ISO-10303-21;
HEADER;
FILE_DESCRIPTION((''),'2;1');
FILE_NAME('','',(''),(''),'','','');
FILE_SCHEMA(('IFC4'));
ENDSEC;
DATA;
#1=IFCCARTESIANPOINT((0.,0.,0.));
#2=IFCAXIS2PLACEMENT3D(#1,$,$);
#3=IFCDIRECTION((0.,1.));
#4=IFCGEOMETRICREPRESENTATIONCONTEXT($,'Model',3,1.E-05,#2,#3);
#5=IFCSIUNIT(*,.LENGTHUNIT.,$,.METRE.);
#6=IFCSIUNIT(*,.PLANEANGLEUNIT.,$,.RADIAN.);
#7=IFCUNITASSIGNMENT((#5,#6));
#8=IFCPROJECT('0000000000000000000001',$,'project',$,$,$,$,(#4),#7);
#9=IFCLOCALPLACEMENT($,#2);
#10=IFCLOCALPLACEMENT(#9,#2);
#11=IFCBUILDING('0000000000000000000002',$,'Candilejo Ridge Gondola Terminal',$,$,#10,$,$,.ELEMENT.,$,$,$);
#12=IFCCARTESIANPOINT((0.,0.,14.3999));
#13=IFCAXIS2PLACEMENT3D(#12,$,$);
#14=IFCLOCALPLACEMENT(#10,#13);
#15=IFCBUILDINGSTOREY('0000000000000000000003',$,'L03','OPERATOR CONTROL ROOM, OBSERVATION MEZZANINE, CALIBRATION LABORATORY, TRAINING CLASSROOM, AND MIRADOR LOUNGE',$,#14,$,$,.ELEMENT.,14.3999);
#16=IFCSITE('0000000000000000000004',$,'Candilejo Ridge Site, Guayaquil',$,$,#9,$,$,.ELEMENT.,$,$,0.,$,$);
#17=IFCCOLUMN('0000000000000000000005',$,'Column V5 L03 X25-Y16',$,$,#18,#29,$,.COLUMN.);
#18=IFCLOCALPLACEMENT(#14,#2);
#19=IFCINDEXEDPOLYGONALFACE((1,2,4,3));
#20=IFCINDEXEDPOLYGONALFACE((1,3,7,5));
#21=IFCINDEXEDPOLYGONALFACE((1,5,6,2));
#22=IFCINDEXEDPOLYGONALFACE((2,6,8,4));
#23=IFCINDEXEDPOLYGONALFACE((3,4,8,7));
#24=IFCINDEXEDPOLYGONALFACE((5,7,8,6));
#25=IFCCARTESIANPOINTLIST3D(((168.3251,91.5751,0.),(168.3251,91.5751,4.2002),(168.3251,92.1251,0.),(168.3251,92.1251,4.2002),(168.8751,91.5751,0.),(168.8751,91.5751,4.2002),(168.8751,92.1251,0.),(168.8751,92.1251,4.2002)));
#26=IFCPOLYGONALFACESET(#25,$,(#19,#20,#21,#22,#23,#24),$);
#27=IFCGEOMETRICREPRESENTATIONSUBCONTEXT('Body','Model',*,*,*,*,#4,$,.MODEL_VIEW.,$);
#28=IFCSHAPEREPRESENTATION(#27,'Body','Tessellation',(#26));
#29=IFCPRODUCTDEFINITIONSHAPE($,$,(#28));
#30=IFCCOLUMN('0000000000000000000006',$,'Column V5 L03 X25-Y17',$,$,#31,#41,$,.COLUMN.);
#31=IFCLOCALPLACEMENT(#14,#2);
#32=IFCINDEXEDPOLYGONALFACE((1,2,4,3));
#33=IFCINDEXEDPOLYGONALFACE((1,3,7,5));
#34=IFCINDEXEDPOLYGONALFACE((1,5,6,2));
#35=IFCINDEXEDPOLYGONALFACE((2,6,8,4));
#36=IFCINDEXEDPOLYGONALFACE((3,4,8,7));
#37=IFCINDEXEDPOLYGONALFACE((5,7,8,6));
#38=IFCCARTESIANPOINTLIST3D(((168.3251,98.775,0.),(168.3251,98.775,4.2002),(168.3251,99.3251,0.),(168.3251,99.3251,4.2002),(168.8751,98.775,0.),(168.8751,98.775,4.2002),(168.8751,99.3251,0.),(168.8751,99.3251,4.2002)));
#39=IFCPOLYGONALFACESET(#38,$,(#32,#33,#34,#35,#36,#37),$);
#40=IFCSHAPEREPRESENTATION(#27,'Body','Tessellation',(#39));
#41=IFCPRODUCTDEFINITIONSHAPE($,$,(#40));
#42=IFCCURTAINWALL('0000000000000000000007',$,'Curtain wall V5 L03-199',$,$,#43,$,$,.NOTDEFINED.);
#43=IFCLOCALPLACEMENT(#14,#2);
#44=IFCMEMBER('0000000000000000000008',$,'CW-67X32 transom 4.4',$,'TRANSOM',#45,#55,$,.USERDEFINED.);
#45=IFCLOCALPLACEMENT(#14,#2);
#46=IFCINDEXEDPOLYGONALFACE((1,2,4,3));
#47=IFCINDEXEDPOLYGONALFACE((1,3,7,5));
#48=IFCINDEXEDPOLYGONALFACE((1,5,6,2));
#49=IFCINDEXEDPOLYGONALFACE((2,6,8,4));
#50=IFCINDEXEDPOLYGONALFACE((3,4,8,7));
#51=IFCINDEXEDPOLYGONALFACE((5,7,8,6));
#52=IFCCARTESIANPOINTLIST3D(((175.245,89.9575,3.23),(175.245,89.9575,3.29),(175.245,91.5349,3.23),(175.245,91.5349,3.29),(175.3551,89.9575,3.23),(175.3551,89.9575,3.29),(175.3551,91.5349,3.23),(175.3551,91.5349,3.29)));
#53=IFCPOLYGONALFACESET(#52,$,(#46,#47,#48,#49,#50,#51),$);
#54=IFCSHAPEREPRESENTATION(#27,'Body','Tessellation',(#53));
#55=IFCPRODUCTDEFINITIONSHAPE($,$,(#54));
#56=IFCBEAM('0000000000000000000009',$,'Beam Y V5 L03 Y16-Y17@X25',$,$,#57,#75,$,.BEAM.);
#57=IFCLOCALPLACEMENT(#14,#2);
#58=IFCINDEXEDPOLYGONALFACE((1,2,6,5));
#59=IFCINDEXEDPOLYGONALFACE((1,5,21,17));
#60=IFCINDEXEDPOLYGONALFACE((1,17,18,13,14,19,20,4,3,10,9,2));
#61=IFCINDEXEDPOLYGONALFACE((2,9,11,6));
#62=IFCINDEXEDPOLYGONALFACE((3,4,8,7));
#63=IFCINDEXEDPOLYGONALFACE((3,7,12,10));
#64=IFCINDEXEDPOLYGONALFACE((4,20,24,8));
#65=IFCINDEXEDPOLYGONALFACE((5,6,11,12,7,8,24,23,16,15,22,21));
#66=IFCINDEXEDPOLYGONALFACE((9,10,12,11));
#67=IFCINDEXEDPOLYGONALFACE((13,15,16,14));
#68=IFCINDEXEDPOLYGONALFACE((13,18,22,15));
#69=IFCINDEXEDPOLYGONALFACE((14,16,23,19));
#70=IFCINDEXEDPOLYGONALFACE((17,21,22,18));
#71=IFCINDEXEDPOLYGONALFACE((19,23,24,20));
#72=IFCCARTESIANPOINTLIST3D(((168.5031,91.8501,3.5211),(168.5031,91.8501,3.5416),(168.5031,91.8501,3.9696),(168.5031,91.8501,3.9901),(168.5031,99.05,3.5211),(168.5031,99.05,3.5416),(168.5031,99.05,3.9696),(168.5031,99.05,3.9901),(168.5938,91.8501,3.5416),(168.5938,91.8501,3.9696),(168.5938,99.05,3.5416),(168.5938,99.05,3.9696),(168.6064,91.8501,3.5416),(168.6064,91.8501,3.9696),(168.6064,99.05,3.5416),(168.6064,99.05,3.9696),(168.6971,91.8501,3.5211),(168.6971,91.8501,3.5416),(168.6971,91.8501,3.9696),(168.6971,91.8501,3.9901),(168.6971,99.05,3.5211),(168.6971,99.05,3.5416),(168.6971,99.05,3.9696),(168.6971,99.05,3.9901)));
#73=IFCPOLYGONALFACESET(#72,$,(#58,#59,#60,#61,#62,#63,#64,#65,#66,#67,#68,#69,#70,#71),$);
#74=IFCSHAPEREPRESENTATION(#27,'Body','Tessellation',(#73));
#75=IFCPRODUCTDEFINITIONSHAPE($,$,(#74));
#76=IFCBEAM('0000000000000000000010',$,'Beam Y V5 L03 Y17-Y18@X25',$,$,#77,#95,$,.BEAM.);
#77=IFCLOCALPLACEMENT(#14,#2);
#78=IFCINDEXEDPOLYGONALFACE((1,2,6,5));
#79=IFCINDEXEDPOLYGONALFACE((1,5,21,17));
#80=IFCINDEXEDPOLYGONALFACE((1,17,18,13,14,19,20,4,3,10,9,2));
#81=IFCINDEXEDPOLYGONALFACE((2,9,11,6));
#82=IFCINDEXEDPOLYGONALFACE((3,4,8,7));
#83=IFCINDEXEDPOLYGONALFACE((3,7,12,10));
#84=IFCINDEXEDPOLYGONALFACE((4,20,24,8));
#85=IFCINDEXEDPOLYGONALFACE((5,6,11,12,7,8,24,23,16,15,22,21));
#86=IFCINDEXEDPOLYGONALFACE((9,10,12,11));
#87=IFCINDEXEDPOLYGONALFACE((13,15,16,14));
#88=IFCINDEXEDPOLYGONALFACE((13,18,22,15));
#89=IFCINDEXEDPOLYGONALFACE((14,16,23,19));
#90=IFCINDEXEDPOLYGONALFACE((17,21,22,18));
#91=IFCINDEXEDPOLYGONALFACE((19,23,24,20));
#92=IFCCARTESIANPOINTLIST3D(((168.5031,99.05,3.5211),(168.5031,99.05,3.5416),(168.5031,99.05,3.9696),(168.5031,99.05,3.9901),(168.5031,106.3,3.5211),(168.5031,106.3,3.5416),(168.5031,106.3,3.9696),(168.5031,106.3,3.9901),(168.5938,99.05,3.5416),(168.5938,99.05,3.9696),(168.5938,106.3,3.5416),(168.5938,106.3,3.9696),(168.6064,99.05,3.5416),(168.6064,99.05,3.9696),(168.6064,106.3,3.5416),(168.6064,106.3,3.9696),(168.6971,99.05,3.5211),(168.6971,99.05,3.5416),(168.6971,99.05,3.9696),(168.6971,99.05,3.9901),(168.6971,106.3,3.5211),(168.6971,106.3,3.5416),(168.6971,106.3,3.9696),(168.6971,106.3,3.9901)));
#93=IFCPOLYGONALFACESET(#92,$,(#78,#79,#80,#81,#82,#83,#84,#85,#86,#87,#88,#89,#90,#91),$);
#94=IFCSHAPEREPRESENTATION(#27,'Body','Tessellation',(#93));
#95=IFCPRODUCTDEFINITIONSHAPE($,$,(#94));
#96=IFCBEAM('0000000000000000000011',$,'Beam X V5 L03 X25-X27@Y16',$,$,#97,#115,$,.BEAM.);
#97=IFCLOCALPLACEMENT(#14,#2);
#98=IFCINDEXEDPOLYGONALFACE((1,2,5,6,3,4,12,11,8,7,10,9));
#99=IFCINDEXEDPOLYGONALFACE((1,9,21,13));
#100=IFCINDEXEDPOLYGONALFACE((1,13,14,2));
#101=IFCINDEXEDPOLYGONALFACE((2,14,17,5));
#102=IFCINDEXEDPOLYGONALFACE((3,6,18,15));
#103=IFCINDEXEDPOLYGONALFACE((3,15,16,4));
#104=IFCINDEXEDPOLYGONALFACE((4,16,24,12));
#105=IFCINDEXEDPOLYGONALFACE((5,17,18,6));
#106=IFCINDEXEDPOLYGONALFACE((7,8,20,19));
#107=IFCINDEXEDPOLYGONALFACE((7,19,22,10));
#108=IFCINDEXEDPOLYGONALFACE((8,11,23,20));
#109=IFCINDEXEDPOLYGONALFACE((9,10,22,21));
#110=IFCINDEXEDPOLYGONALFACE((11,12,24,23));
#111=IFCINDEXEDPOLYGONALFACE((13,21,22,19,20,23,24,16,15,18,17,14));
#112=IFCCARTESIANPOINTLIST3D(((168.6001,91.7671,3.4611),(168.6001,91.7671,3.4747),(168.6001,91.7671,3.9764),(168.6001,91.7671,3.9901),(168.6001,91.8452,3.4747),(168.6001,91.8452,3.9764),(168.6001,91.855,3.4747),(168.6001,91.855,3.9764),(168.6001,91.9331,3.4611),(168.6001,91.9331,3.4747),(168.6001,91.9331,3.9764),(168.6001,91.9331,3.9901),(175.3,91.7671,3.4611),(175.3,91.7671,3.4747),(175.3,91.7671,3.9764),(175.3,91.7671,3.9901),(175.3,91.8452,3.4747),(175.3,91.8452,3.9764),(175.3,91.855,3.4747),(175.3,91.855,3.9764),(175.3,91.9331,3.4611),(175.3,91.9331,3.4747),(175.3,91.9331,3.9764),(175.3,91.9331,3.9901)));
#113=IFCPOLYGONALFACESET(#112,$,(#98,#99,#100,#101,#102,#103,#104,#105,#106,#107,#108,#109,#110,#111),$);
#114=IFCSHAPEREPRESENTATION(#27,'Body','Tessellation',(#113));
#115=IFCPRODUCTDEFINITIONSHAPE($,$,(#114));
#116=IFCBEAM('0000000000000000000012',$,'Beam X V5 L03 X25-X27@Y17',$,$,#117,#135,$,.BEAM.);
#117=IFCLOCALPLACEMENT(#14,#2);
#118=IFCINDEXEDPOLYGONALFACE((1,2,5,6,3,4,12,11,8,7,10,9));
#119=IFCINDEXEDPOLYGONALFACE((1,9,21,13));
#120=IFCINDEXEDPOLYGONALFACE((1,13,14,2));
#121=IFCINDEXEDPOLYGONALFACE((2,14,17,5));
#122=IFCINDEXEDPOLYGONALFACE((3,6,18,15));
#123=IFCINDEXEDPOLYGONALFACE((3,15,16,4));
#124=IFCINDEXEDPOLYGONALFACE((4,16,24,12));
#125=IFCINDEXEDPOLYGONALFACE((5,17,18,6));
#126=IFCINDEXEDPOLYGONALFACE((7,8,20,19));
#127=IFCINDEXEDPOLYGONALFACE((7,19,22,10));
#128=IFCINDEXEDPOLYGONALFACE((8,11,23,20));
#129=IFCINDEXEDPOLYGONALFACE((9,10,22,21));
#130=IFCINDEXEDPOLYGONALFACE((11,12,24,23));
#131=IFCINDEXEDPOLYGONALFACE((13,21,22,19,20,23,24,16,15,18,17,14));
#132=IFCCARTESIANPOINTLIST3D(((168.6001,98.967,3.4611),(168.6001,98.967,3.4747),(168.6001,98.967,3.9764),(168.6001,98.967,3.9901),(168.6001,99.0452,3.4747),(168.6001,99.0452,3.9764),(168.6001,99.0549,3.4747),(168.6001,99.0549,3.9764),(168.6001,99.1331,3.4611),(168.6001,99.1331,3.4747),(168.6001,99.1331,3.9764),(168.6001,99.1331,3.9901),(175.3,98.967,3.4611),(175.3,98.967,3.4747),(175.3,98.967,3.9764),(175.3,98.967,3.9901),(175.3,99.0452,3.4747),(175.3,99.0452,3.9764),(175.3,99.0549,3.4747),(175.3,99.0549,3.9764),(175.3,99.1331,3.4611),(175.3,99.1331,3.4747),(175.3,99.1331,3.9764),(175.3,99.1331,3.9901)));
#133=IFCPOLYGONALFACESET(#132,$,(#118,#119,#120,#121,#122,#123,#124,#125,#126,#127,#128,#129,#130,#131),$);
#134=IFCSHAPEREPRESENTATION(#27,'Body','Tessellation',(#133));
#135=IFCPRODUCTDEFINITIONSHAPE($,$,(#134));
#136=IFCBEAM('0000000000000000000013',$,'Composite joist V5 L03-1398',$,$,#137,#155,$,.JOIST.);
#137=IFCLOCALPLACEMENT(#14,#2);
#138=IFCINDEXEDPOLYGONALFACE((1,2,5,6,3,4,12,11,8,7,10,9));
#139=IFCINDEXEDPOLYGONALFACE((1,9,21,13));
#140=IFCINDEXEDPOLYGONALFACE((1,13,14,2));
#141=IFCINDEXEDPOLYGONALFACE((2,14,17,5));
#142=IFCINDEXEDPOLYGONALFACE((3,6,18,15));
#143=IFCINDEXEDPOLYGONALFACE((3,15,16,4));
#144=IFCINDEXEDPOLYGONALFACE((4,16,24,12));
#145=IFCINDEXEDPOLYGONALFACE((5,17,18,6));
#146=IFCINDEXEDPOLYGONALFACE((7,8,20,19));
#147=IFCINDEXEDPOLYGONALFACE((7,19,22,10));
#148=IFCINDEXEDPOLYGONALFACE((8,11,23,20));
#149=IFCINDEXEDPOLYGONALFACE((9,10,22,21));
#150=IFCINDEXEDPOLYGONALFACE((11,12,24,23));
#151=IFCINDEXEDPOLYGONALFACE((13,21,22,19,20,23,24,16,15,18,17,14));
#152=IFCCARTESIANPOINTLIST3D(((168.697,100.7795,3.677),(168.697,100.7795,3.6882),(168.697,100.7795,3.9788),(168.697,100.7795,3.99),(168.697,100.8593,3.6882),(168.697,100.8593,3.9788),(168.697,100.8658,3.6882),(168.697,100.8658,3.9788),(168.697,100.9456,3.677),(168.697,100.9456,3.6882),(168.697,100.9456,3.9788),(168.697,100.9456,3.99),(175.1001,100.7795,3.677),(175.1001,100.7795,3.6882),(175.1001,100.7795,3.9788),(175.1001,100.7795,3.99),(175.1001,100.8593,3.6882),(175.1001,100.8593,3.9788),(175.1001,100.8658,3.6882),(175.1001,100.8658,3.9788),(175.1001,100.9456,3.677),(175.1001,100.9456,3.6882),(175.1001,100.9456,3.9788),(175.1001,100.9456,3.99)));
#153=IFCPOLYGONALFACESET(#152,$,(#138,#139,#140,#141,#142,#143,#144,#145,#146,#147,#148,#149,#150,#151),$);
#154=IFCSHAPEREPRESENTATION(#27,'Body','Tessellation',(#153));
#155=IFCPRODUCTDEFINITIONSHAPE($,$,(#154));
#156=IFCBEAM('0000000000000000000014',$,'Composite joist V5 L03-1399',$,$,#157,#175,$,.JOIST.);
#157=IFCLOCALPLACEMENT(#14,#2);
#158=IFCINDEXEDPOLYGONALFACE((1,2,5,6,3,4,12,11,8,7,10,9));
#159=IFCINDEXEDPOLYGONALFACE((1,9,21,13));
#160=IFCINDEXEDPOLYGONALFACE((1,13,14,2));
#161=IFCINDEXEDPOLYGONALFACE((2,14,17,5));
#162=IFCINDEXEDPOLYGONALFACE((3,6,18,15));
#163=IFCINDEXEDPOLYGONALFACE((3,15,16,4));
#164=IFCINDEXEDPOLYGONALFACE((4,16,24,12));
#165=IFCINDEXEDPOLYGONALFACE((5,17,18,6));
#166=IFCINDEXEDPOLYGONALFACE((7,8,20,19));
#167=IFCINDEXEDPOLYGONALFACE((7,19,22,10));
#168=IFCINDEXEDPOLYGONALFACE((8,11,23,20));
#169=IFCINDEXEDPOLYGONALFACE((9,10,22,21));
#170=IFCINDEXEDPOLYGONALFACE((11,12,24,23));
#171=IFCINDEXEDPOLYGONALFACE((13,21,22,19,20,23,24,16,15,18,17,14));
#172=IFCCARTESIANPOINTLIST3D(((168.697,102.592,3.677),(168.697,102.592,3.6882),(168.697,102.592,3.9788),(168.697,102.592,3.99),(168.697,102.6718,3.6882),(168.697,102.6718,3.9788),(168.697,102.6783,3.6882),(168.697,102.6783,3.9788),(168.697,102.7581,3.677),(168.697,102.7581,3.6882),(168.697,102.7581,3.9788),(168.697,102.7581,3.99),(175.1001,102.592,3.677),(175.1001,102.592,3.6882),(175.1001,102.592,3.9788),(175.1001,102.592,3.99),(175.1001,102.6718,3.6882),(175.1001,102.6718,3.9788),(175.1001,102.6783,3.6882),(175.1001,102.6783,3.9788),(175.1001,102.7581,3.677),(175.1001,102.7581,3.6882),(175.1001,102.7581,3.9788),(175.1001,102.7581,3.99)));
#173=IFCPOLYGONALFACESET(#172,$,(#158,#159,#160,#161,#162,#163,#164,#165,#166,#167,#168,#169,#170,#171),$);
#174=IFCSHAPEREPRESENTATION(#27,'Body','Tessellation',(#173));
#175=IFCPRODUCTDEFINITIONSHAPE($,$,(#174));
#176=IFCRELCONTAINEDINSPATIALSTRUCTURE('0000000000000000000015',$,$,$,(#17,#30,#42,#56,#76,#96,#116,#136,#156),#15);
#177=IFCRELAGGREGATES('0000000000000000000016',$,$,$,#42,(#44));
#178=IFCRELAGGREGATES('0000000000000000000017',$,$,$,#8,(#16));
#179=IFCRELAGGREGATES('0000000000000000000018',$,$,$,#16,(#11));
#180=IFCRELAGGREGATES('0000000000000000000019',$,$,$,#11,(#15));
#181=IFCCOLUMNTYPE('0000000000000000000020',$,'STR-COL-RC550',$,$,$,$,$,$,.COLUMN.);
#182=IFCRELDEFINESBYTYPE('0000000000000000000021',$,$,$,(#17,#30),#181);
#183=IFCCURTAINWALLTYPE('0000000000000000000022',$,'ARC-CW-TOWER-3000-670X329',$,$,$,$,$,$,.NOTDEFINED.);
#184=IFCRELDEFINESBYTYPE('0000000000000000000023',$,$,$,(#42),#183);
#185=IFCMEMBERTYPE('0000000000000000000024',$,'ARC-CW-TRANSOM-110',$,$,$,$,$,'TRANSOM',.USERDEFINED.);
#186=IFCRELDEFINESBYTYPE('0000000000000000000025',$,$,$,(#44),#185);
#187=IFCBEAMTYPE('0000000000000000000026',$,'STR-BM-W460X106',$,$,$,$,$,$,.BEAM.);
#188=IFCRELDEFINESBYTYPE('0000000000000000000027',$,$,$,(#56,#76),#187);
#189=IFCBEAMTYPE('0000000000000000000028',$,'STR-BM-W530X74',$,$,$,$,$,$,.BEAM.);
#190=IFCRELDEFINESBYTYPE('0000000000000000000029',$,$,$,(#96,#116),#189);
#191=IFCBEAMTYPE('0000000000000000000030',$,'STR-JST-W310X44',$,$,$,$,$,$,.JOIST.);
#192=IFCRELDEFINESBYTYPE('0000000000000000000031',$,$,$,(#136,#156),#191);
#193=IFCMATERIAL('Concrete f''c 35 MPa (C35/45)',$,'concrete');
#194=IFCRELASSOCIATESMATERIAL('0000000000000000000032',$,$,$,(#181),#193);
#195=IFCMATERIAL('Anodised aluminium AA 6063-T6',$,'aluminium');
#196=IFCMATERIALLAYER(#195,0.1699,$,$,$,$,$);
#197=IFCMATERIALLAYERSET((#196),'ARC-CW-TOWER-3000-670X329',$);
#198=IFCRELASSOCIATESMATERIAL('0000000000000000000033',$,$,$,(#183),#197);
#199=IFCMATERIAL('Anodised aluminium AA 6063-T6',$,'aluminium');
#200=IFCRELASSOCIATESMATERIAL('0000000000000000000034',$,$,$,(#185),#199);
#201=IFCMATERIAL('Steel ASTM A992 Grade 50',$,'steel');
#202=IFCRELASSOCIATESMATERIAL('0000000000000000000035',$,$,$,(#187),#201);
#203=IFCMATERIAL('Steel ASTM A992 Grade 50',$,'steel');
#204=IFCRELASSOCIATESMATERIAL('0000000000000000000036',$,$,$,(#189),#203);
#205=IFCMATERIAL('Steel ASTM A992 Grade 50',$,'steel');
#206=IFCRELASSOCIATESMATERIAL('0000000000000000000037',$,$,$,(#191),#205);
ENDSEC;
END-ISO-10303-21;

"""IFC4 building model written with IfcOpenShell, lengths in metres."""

from ifc_helpers import new_model, si_unit, direction, frame, origin, origin_2d, place, context, subcontext, project, spatial, rectangle, i_section, extrude, material, layer, layer_set, material_profile, profile_set, type_object, element, aggregate, save


model = new_model("IFC4")

# Units and contexts
model_context = context("Model", 3, precision=1e-05, world=origin(), true_north=direction((0.0, 1.0)))
body_context = subcontext(model_context, "Body", "Model", "MODEL_VIEW")
ifc_project = project(units=[si_unit("LENGTHUNIT", "METRE"), si_unit("PLANEANGLEUNIT", "RADIAN")], contexts=[model_context])

# Site, building, storey
site_placement = place(None, origin())
site = spatial("IfcSite", under=ifc_project, at=site_placement, Name="Candilejo Ridge Site, Guayaquil", CompositionType="ELEMENT", RefElevation=0.0)
building_placement = place(site_placement, origin())
building = spatial("IfcBuilding", under=site, at=building_placement, Name="Candilejo Ridge Gondola Terminal", CompositionType="ELEMENT")
storey_placement = place(building_placement, frame((0.0, 0.0, 14.3999)))
storey = spatial("IfcBuildingStorey", under=building, at=storey_placement, Name="L03", Description="OPERATOR CONTROL ROOM, OBSERVATION MEZZANINE, CALIBRATION LABORATORY, TRAINING CLASSROOM, AND MIRADOR LOUNGE", CompositionType="ELEMENT", Elevation=14.3999)

# Columns
ifc_material_1 = material(Name="Concrete f'c 35 MPa (C35/45)", Category="concrete")
ifc_material_profile_1 = material_profile(ifc_material_1, rectangle(XDim=0.55, YDim=0.55, at=origin_2d()))
ifc_profile_set_1 = profile_set([ifc_material_profile_1], Name="Concrete f'c 35 MPa (C35/45)")
column_type = type_object("IfcColumnType", Name="STR-COL-RC550", PredefinedType="COLUMN", material=ifc_profile_set_1)
for number, where, z_axis, x_axis, name in (
    (1, (168.6001, 91.8501, 0.0), (0.0, 0.0, 1.0), (1.0, 0.0, 0.0), "Column V5 L03 X25-Y16"),
    (2, (168.6001, 99.05, 0.0), (0.0, 0.0, 1.0), (1.0, 0.0, 0.0), "Column V5 L03 X25-Y17"),
):
    element("IfcColumn", number, at=place(storey_placement, frame(where, z_axis=z_axis, x_axis=x_axis)), inside=storey, type_object=column_type, Name=name, PredefinedType="COLUMN", context=body_context, shape_type="SweptSolid", body=[
        extrude(rectangle(XDim=0.55, YDim=0.55, at=origin_2d()), origin(), (0.0, 0.0, 1.0), 4.2002),
    ])

# Curtain wall, member
ifc_material_2 = material(Name="Anodised aluminium AA 6063-T6", Category="aluminium")
ifc_layer_1 = layer(ifc_material_2, 0.1699)
ifc_layer_set_1 = layer_set([ifc_layer_1], Name="ARC-CW-TOWER-3000-670X329")
curtain_wall_type = type_object("IfcCurtainWallType", Name="ARC-CW-TOWER-3000-670X329", PredefinedType="NOTDEFINED", material=ifc_layer_set_1)
curtain_wall_placement = place(storey_placement, origin())
curtain_wall = element("IfcCurtainWall", 3, at=curtain_wall_placement, inside=storey, type_object=curtain_wall_type, Name="Curtain wall V5 L03-199", PredefinedType="NOTDEFINED")
ifc_material_3 = material(Name="Anodised aluminium AA 6063-T6", Category="aluminium")
ifc_material_profile_2 = material_profile(ifc_material_3, rectangle(XDim=0.1101, YDim=0.0601, at=origin_2d()))
ifc_profile_set_2 = profile_set([ifc_material_profile_2], Name="Anodised aluminium AA 6063-T6")
member_type = type_object("IfcMemberType", Name="ARC-CW-TRANSOM-110", ElementType="TRANSOM", PredefinedType="USERDEFINED", material=ifc_profile_set_2)
member_placement = place(storey_placement, frame((175.3, 89.9575, 3.26), z_axis=(0.0, 1.0, 0.0), x_axis=(-1.0, 0.0, 0.0)))
member = element("IfcMember", 4, at=member_placement, type_object=member_type, Name="CW-67X32 transom 4.4", ObjectType="TRANSOM", PredefinedType="USERDEFINED", context=body_context, shape_type="SweptSolid", body=[
    extrude(rectangle(XDim=0.1101, YDim=0.0601, at=origin_2d()), origin(), (0.0, 0.0, 1.0), 1.5774),
])

# Beams
ifc_material_4 = material(Name="Steel ASTM A992 Grade 50", Category="steel")
ifc_material_profile_3 = material_profile(ifc_material_4, i_section(OverallWidth=0.1941, OverallDepth=0.469, WebThickness=0.0127, FlangeThickness=0.0205, at=origin_2d()))
ifc_profile_set_3 = profile_set([ifc_material_profile_3], Name="Steel ASTM A992 Grade 50")
beam_type_1 = type_object("IfcBeamType", Name="STR-BM-W460X106", PredefinedType="BEAM", material=ifc_profile_set_3)
beam_1_placement = place(storey_placement, frame((168.6001, 91.8501, 3.7556), z_axis=(0.0, 1.0, 0.0), x_axis=(-1.0, 0.0, 0.0)))
element("IfcBeam", 5, at=beam_1_placement, inside=storey, type_object=beam_type_1, Name="Beam Y V5 L03 Y16-Y17@X25", PredefinedType="BEAM", context=body_context, shape_type="SweptSolid", body=[
    extrude(i_section(OverallWidth=0.1941, OverallDepth=0.469, WebThickness=0.0127, FlangeThickness=0.0205, at=origin_2d()), origin(), (0.0, 0.0, 1.0), 7.2),
])
beam_2_placement = place(storey_placement, frame((168.6001, 99.05, 3.7556), z_axis=(0.0, 1.0, 0.0), x_axis=(-1.0, 0.0, 0.0)))
element("IfcBeam", 6, at=beam_2_placement, inside=storey, type_object=beam_type_1, Name="Beam Y V5 L03 Y17-Y18@X25", PredefinedType="BEAM", context=body_context, shape_type="SweptSolid", body=[
    extrude(i_section(OverallWidth=0.1941, OverallDepth=0.469, WebThickness=0.0127, FlangeThickness=0.0205, at=origin_2d()), origin(), (0.0, 0.0, 1.0), 7.25),
])
ifc_material_5 = material(Name="Steel ASTM A992 Grade 50", Category="steel")
ifc_material_profile_4 = material_profile(ifc_material_5, i_section(OverallWidth=0.166, OverallDepth=0.5291, WebThickness=0.0098, FlangeThickness=0.0137, at=origin_2d()))
ifc_profile_set_4 = profile_set([ifc_material_profile_4], Name="Steel ASTM A992 Grade 50")
beam_type_2 = type_object("IfcBeamType", Name="STR-BM-W530X74", PredefinedType="BEAM", material=ifc_profile_set_4)
for number, where, z_axis, x_axis, name in (
    (7, (168.6001, 91.8501, 3.7256), (1.0, 0.0, 0.0), (0.0, 1.0, 0.0), "Beam X V5 L03 X25-X27@Y16"),
    (8, (168.6001, 99.05, 3.7256), (1.0, 0.0, 0.0), (0.0, 1.0, 0.0), "Beam X V5 L03 X25-X27@Y17"),
):
    element("IfcBeam", number, at=place(storey_placement, frame(where, z_axis=z_axis, x_axis=x_axis)), inside=storey, type_object=beam_type_2, Name=name, PredefinedType="BEAM", context=body_context, shape_type="SweptSolid", body=[
        extrude(i_section(OverallWidth=0.166, OverallDepth=0.5291, WebThickness=0.0098, FlangeThickness=0.0137, at=origin_2d()), origin(), (0.0, 0.0, 1.0), 6.7),
    ])
ifc_material_6 = material(Name="Steel ASTM A992 Grade 50", Category="steel")
ifc_material_profile_5 = material_profile(ifc_material_6, i_section(OverallWidth=0.166, OverallDepth=0.313, WebThickness=0.0066, FlangeThickness=0.0112, at=origin_2d()))
ifc_profile_set_5 = profile_set([ifc_material_profile_5], Name="Steel ASTM A992 Grade 50")
beam_type_3 = type_object("IfcBeamType", Name="STR-JST-W310X44", PredefinedType="JOIST", material=ifc_profile_set_5)
for number, where, z_axis, x_axis, name in (
    (9, (168.697, 100.8625, 3.8335), (1.0, 0.0, 0.0), (0.0, 1.0, 0.0), "Composite joist V5 L03-1398"),
    (10, (168.697, 102.675, 3.8335), (1.0, 0.0, 0.0), (0.0, 1.0, 0.0), "Composite joist V5 L03-1399"),
):
    element("IfcBeam", number, at=place(storey_placement, frame(where, z_axis=z_axis, x_axis=x_axis)), inside=storey, type_object=beam_type_3, Name=name, PredefinedType="JOIST", context=body_context, shape_type="SweptSolid", body=[
        extrude(i_section(OverallWidth=0.166, OverallDepth=0.313, WebThickness=0.0066, FlangeThickness=0.0112, at=origin_2d()), origin(), (0.0, 0.0, 1.0), 6.4031),
    ])

aggregate(curtain_wall, [member])

save(model, "model.ifc")
